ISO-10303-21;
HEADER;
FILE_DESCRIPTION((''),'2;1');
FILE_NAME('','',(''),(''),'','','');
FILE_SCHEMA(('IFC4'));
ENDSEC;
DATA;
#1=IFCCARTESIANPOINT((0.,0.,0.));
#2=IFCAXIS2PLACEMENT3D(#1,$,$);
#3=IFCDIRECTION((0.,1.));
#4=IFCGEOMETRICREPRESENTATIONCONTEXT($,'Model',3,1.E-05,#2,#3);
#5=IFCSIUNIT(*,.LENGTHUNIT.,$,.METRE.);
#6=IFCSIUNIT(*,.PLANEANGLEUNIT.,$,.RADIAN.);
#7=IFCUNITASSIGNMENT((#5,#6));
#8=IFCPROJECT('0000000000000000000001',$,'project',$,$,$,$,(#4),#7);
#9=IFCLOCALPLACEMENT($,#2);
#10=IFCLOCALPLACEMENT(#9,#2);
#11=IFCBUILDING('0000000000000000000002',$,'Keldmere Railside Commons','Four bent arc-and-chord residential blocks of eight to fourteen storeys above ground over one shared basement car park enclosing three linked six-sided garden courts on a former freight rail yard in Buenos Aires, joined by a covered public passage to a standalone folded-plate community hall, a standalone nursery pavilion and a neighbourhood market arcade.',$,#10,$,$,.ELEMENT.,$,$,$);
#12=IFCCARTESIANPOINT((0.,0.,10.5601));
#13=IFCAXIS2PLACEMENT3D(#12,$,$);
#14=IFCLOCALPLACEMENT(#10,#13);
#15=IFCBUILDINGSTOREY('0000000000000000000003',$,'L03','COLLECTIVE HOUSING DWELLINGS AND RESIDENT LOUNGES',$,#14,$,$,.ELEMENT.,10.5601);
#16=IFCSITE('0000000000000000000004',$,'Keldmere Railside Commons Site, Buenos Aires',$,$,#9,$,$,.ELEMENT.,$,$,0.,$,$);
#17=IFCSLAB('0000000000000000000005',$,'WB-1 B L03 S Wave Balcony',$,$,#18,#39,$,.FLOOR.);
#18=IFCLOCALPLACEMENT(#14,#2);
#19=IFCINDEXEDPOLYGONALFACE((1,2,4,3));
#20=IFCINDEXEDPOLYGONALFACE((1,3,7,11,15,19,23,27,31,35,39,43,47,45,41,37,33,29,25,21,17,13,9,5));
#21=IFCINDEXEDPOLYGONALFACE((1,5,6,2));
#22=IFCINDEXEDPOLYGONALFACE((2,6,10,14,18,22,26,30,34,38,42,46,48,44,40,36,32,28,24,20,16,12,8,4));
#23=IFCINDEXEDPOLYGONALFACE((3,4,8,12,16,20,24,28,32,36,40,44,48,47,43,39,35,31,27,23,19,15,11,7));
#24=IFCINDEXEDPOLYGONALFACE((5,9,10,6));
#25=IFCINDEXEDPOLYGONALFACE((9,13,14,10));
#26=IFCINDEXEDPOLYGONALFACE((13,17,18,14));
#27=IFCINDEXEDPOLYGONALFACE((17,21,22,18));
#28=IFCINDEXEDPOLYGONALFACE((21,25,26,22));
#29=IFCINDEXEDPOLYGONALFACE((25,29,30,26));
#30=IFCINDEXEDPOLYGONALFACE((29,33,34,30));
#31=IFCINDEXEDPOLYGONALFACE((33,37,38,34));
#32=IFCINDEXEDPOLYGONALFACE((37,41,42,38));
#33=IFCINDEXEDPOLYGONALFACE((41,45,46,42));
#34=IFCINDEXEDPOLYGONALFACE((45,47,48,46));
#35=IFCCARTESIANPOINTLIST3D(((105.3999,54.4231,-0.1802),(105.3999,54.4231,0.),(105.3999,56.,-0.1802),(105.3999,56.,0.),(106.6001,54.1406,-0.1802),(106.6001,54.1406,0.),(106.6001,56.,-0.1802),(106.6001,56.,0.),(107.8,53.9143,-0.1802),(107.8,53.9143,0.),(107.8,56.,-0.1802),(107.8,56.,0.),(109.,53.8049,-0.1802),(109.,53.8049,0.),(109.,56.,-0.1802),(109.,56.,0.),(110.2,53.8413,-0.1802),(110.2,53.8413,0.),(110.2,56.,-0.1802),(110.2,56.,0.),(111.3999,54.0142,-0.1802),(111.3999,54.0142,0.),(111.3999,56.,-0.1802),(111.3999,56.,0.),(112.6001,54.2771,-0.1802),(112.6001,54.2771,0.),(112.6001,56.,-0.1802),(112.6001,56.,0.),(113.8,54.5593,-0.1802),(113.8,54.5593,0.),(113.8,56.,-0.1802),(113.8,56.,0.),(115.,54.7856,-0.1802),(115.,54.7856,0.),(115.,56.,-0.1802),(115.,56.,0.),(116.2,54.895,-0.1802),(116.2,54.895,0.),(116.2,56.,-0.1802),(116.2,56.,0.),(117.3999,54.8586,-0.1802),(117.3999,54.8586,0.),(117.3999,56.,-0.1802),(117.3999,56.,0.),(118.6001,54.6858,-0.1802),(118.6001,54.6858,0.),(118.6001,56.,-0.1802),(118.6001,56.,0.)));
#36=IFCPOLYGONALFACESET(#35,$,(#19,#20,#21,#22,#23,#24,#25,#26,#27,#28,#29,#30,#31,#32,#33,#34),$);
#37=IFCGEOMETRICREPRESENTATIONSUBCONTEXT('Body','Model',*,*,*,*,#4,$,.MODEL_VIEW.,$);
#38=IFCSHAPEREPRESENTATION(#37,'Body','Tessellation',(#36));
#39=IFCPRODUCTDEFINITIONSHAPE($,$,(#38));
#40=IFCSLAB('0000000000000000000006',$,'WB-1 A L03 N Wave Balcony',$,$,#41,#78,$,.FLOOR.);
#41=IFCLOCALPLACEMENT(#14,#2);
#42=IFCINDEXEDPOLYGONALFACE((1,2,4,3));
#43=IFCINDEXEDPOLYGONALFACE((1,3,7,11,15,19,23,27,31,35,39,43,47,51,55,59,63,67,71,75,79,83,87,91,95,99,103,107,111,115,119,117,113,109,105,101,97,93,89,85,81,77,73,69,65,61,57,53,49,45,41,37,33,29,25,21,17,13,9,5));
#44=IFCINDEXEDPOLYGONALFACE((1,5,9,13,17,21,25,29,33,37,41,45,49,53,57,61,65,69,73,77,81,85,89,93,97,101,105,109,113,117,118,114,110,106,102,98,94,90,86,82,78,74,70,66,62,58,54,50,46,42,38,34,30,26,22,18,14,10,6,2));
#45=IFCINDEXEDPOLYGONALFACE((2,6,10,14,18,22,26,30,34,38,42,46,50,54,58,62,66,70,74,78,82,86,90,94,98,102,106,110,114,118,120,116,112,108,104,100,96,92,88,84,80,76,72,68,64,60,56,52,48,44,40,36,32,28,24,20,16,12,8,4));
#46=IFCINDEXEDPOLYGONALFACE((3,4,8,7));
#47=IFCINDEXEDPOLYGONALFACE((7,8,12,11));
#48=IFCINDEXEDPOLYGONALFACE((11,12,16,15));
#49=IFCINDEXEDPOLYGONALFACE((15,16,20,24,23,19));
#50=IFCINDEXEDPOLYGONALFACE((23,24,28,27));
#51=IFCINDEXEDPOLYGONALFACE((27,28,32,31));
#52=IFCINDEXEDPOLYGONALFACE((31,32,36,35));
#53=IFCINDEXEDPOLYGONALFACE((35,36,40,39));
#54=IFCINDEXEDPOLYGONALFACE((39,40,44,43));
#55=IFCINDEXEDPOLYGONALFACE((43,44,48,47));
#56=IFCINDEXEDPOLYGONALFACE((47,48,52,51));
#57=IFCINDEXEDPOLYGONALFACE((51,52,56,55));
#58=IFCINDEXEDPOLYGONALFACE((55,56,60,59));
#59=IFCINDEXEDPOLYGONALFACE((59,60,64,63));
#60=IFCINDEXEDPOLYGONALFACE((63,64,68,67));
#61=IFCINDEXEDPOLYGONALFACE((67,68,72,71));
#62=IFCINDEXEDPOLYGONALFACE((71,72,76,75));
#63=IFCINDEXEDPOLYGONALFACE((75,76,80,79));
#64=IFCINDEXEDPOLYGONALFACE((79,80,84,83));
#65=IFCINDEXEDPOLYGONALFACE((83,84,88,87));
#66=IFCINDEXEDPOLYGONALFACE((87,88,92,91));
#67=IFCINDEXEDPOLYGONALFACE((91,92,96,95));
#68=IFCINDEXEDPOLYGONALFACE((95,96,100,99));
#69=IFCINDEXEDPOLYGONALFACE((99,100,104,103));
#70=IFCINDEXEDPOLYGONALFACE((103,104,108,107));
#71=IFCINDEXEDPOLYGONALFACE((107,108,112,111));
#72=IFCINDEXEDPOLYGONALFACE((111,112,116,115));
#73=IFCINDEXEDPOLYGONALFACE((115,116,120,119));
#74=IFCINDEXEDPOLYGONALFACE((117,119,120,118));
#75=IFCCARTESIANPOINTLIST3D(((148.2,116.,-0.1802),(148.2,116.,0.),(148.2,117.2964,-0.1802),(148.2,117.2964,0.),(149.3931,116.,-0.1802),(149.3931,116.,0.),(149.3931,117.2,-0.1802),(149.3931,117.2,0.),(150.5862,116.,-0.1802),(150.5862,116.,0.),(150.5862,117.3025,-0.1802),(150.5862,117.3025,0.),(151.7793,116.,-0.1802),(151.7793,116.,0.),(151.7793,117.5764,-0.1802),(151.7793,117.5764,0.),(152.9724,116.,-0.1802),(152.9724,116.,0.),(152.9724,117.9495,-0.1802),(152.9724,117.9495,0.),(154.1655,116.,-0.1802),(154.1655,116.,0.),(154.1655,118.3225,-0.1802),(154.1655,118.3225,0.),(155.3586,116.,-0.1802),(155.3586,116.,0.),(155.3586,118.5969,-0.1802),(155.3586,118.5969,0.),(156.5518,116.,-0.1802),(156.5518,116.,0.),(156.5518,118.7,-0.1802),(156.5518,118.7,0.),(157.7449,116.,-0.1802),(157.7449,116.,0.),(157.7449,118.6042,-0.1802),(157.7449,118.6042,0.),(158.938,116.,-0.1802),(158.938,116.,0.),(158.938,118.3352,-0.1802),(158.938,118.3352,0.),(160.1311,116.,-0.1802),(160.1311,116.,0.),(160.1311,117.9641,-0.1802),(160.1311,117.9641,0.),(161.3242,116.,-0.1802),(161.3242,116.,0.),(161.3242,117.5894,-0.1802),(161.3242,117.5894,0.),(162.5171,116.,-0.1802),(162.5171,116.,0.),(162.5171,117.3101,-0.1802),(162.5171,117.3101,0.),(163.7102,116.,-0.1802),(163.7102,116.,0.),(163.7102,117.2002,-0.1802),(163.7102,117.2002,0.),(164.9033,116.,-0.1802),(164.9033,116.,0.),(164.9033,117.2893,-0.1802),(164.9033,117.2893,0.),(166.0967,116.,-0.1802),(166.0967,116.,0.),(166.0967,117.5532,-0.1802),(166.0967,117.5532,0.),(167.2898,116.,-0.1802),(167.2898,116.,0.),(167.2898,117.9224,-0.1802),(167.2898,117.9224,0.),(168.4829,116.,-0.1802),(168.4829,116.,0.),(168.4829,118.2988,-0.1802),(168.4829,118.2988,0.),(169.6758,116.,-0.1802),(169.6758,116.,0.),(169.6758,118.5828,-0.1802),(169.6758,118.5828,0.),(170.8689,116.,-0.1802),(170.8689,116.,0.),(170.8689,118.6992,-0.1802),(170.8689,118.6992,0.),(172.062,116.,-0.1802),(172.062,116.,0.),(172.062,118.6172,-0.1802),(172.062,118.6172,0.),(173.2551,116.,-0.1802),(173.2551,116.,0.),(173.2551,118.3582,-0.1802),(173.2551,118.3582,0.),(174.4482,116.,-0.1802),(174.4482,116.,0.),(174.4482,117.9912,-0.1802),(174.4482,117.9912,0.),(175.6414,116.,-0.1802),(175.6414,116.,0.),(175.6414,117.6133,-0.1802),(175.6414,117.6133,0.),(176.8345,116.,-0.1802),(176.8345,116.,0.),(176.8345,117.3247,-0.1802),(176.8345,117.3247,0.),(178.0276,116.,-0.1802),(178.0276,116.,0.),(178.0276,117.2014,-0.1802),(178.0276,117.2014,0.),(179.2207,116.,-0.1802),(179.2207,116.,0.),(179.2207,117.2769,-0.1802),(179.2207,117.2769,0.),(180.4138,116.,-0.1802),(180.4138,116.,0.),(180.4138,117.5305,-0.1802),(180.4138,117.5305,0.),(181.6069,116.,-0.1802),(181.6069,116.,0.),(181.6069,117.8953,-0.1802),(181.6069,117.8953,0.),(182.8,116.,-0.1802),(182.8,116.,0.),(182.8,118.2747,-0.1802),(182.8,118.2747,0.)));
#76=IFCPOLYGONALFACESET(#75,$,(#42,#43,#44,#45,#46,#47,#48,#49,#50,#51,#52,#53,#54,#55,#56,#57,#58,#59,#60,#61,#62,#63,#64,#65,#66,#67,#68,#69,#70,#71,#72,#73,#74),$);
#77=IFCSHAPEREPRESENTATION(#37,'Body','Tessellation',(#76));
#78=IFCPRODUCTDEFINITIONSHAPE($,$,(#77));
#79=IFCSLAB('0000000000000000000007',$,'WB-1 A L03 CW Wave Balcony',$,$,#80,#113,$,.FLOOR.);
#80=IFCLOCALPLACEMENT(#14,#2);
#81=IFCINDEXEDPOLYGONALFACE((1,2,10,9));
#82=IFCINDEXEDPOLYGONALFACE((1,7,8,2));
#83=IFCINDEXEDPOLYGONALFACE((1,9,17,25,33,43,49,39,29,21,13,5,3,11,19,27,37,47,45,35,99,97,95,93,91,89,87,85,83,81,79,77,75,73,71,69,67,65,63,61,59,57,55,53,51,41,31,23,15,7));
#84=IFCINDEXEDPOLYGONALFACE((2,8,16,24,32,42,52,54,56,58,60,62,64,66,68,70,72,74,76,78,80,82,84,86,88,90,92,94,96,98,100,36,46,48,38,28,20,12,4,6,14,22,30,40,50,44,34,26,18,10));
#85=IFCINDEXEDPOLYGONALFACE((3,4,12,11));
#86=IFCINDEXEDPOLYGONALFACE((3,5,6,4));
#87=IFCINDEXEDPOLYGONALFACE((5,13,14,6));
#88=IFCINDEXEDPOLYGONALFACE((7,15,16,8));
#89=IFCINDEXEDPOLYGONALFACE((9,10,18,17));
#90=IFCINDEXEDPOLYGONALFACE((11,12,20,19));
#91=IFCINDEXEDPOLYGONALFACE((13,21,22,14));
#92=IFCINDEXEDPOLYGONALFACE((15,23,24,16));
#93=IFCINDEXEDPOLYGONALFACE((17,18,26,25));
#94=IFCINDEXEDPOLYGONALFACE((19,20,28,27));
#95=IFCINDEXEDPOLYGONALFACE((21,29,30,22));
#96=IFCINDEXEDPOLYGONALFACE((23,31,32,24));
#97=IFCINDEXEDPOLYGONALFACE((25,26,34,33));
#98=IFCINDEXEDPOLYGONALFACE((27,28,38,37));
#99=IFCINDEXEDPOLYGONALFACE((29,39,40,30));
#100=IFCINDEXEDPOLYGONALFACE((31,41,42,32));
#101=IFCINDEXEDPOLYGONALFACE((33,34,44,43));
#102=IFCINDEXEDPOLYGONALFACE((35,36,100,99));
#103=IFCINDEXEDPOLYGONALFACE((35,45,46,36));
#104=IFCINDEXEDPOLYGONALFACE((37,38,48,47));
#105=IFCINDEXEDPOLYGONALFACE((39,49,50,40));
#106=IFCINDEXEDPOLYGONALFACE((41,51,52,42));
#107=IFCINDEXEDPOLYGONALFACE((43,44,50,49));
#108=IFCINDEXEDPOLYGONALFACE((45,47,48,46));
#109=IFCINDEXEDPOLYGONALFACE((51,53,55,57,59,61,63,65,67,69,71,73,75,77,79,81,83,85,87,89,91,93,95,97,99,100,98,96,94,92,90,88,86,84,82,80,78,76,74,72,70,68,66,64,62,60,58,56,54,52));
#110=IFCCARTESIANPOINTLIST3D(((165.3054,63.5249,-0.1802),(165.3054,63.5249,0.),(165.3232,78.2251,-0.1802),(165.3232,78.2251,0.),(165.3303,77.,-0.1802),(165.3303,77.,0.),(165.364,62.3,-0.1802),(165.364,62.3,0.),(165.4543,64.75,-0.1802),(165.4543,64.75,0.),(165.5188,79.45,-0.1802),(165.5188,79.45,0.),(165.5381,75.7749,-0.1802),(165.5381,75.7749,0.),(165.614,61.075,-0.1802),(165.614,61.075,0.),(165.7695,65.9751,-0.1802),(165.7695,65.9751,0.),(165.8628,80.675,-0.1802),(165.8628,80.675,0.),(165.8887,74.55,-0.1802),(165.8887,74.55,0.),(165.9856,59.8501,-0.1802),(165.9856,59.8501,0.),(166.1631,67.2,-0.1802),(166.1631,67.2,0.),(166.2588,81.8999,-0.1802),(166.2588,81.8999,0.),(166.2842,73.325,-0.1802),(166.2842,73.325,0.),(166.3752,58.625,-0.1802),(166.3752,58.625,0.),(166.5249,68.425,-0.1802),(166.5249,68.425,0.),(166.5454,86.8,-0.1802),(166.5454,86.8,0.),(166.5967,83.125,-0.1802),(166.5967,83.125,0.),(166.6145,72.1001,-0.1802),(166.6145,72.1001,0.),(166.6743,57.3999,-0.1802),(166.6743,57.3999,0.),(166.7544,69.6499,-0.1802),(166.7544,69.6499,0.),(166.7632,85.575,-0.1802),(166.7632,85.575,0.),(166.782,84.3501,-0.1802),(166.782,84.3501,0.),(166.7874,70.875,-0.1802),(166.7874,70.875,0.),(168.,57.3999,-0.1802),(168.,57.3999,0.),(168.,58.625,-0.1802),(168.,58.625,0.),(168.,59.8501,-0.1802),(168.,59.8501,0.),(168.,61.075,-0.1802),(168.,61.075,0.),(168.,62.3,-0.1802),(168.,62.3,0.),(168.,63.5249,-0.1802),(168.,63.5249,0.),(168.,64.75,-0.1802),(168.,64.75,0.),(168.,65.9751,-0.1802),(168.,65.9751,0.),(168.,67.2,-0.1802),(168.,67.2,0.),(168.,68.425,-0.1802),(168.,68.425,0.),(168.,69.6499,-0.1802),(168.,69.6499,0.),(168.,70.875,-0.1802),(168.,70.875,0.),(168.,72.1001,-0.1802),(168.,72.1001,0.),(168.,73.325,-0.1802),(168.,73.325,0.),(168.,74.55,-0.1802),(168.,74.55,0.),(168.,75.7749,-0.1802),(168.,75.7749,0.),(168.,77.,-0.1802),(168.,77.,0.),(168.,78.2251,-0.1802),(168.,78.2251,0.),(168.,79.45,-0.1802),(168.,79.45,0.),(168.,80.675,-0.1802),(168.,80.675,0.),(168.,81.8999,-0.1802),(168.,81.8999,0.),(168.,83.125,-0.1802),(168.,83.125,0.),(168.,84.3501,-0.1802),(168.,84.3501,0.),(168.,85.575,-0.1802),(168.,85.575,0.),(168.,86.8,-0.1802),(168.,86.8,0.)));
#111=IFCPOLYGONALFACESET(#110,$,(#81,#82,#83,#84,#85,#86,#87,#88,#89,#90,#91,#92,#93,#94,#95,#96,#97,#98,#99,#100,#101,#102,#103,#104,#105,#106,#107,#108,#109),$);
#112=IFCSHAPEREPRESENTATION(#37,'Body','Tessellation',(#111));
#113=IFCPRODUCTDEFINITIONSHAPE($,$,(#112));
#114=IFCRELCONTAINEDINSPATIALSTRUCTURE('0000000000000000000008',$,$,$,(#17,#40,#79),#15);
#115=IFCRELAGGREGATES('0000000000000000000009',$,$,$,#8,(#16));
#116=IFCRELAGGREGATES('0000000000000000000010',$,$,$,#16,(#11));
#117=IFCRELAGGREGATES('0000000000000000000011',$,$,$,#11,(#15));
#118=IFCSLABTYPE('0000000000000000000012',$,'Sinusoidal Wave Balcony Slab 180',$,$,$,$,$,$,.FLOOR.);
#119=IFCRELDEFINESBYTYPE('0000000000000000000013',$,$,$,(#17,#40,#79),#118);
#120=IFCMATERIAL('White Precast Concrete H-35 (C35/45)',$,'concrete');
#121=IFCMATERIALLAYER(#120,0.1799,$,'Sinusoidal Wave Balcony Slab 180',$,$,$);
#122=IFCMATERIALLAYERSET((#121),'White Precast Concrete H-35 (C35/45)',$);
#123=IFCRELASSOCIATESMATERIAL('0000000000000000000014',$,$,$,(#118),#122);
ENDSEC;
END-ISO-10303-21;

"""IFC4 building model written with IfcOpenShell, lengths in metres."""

from ifc_helpers import new_model, si_unit, direction, frame, origin, place, context, subcontext, project, spatial, polyline, outline, extrude, material, layer, layer_set, type_object, element, save


model = new_model("IFC4")

# Units and contexts
model_context = context("Model", 3, precision=1e-05, world=origin(), true_north=direction((0.0, 1.0)))
body_context = subcontext(model_context, "Body", "Model", "MODEL_VIEW")
ifc_project = project(units=[si_unit("LENGTHUNIT", "METRE"), si_unit("PLANEANGLEUNIT", "RADIAN")], contexts=[model_context])

# Site, building, storey
site_placement = place(None, origin())
site = spatial("IfcSite", under=ifc_project, at=site_placement, Name="Keldmere Railside Commons Site, Buenos Aires", CompositionType="ELEMENT", RefElevation=0.0)
building_placement = place(site_placement, origin())
building = spatial("IfcBuilding", under=site, at=building_placement, Name="Keldmere Railside Commons", Description="Four bent arc-and-chord residential blocks of eight to fourteen storeys above ground over one shared basement car park enclosing three linked six-sided garden courts on a former freight rail yard in Buenos Aires, joined by a covered public passage to a standalone folded-plate community hall, a standalone nursery pavilion and a neighbourhood market arcade.", CompositionType="ELEMENT")
storey_placement = place(building_placement, frame((0.0, 0.0, 10.5601)))
storey = spatial("IfcBuildingStorey", under=building, at=storey_placement, Name="L03", Description="COLLECTIVE HOUSING DWELLINGS AND RESIDENT LOUNGES", CompositionType="ELEMENT", Elevation=10.5601)

# Slabs
ifc_material_1 = material(Name="White Precast Concrete H-35 (C35/45)", Category="concrete")
ifc_layer_1 = layer(ifc_material_1, 0.1799, Name="Sinusoidal Wave Balcony Slab 180")
ifc_layer_set_1 = layer_set([ifc_layer_1], Name="White Precast Concrete H-35 (C35/45)")
slab_type = type_object("IfcSlabType", Name="Sinusoidal Wave Balcony Slab 180", PredefinedType="FLOOR", material=ifc_layer_set_1)
slab_1_placement = place(storey_placement, frame((0.0, 0.0, -0.1802)))
element("IfcSlab", 1, at=slab_1_placement, inside=storey, type_object=slab_type, Name="WB-1 B L03 S Wave Balcony", PredefinedType="FLOOR", context=body_context, shape_type="SweptSolid", body=[
    extrude(outline(polyline([(105.3999, 54.4231), (106.6001, 54.1406), (107.8, 53.9143), (109.0, 53.8049), (110.2, 53.8413), (111.3999, 54.0142), (112.6001, 54.2771), (113.8, 54.5593), (115.0, 54.7856), (116.2, 54.895), (117.3999, 54.8586), (118.6001, 54.6858), (118.6001, 56.0), (117.3999, 56.0), (116.2, 56.0), (115.0, 56.0), (113.8, 56.0), (112.6001, 56.0), (111.3999, 56.0), (110.2, 56.0), (109.0, 56.0), (107.8, 56.0), (106.6001, 56.0), (105.3999, 56.0), (105.3999, 54.4231)])), origin(), (0.0, 0.0, 1.0), 0.1802),
])
slab_2_placement = place(storey_placement, frame((0.0, 0.0, -0.1802)))
element("IfcSlab", 2, at=slab_2_placement, inside=storey, type_object=slab_type, Name="WB-1 A L03 N Wave Balcony", PredefinedType="FLOOR", context=body_context, shape_type="SweptSolid", body=[
    extrude(outline(polyline([(148.2, 116.0), (149.3931, 116.0), (150.5862, 116.0), (151.7793, 116.0), (152.9724, 116.0), (154.1655, 116.0), (155.3586, 116.0), (156.5518, 116.0), (157.7449, 116.0), (158.938, 116.0), (160.1311, 116.0), (161.3242, 116.0), (162.5171, 116.0), (163.7102, 116.0), (164.9033, 116.0), (166.0967, 116.0), (167.2898, 116.0), (168.4829, 116.0), (169.6758, 116.0), (170.8689, 116.0), (172.062, 116.0), (173.2551, 116.0), (174.4482, 116.0), (175.6414, 116.0), (176.8345, 116.0), (178.0276, 116.0), (179.2207, 116.0), (180.4138, 116.0), (181.6069, 116.0), (182.8, 116.0), (182.8, 118.2747), (181.6069, 117.8953), (180.4138, 117.5305), (179.2207, 117.2769), (178.0276, 117.2014), (176.8345, 117.3247), (175.6414, 117.6133), (174.4482, 117.9912), (173.2551, 118.3582), (172.062, 118.6172), (170.8689, 118.6992), (169.6758, 118.5828), (168.4829, 118.2988), (167.2898, 117.9224), (166.0967, 117.5532), (164.9033, 117.2893), (163.7102, 117.2002), (162.5171, 117.3101), (161.3242, 117.5894), (160.1311, 117.9641), (158.938, 118.3352), (157.7449, 118.6042), (156.5518, 118.7), (155.3586, 118.5969), (154.1655, 118.3225), (152.9724, 117.9495), (151.7793, 117.5764), (150.5862, 117.3025), (149.3931, 117.2), (148.2, 117.2964), (148.2, 116.0)])), origin(), (0.0, 0.0, 1.0), 0.1802),
])
slab_3_placement = place(storey_placement, frame((0.0, 0.0, -0.1802)))
element("IfcSlab", 3, at=slab_3_placement, inside=storey, type_object=slab_type, Name="WB-1 A L03 CW Wave Balcony", PredefinedType="FLOOR", context=body_context, shape_type="SweptSolid", body=[
    extrude(outline(polyline([(168.0, 57.3999), (168.0, 58.625), (168.0, 59.8501), (168.0, 61.075), (168.0, 62.3), (168.0, 63.5249), (168.0, 64.75), (168.0, 65.9751), (168.0, 67.2), (168.0, 68.425), (168.0, 69.6499), (168.0, 70.875), (168.0, 72.1001), (168.0, 73.325), (168.0, 74.55), (168.0, 75.7749), (168.0, 77.0), (168.0, 78.2251), (168.0, 79.45), (168.0, 80.675), (168.0, 81.8999), (168.0, 83.125), (168.0, 84.3501), (168.0, 85.575), (168.0, 86.8), (166.5454, 86.8), (166.7632, 85.575), (166.782, 84.3501), (166.5967, 83.125), (166.2588, 81.8999), (165.8628, 80.675), (165.5188, 79.45), (165.3232, 78.2251), (165.3303, 77.0), (165.5381, 75.7749), (165.8887, 74.55), (166.2842, 73.325), (166.6145, 72.1001), (166.7874, 70.875), (166.7544, 69.6499), (166.5249, 68.425), (166.1631, 67.2), (165.7695, 65.9751), (165.4543, 64.75), (165.3054, 63.5249), (165.364, 62.3), (165.614, 61.075), (165.9856, 59.8501), (166.3752, 58.625), (166.6743, 57.3999), (168.0, 57.3999)])), origin(), (0.0, 0.0, 1.0), 0.1802),
])

save(model, "model.ifc")
